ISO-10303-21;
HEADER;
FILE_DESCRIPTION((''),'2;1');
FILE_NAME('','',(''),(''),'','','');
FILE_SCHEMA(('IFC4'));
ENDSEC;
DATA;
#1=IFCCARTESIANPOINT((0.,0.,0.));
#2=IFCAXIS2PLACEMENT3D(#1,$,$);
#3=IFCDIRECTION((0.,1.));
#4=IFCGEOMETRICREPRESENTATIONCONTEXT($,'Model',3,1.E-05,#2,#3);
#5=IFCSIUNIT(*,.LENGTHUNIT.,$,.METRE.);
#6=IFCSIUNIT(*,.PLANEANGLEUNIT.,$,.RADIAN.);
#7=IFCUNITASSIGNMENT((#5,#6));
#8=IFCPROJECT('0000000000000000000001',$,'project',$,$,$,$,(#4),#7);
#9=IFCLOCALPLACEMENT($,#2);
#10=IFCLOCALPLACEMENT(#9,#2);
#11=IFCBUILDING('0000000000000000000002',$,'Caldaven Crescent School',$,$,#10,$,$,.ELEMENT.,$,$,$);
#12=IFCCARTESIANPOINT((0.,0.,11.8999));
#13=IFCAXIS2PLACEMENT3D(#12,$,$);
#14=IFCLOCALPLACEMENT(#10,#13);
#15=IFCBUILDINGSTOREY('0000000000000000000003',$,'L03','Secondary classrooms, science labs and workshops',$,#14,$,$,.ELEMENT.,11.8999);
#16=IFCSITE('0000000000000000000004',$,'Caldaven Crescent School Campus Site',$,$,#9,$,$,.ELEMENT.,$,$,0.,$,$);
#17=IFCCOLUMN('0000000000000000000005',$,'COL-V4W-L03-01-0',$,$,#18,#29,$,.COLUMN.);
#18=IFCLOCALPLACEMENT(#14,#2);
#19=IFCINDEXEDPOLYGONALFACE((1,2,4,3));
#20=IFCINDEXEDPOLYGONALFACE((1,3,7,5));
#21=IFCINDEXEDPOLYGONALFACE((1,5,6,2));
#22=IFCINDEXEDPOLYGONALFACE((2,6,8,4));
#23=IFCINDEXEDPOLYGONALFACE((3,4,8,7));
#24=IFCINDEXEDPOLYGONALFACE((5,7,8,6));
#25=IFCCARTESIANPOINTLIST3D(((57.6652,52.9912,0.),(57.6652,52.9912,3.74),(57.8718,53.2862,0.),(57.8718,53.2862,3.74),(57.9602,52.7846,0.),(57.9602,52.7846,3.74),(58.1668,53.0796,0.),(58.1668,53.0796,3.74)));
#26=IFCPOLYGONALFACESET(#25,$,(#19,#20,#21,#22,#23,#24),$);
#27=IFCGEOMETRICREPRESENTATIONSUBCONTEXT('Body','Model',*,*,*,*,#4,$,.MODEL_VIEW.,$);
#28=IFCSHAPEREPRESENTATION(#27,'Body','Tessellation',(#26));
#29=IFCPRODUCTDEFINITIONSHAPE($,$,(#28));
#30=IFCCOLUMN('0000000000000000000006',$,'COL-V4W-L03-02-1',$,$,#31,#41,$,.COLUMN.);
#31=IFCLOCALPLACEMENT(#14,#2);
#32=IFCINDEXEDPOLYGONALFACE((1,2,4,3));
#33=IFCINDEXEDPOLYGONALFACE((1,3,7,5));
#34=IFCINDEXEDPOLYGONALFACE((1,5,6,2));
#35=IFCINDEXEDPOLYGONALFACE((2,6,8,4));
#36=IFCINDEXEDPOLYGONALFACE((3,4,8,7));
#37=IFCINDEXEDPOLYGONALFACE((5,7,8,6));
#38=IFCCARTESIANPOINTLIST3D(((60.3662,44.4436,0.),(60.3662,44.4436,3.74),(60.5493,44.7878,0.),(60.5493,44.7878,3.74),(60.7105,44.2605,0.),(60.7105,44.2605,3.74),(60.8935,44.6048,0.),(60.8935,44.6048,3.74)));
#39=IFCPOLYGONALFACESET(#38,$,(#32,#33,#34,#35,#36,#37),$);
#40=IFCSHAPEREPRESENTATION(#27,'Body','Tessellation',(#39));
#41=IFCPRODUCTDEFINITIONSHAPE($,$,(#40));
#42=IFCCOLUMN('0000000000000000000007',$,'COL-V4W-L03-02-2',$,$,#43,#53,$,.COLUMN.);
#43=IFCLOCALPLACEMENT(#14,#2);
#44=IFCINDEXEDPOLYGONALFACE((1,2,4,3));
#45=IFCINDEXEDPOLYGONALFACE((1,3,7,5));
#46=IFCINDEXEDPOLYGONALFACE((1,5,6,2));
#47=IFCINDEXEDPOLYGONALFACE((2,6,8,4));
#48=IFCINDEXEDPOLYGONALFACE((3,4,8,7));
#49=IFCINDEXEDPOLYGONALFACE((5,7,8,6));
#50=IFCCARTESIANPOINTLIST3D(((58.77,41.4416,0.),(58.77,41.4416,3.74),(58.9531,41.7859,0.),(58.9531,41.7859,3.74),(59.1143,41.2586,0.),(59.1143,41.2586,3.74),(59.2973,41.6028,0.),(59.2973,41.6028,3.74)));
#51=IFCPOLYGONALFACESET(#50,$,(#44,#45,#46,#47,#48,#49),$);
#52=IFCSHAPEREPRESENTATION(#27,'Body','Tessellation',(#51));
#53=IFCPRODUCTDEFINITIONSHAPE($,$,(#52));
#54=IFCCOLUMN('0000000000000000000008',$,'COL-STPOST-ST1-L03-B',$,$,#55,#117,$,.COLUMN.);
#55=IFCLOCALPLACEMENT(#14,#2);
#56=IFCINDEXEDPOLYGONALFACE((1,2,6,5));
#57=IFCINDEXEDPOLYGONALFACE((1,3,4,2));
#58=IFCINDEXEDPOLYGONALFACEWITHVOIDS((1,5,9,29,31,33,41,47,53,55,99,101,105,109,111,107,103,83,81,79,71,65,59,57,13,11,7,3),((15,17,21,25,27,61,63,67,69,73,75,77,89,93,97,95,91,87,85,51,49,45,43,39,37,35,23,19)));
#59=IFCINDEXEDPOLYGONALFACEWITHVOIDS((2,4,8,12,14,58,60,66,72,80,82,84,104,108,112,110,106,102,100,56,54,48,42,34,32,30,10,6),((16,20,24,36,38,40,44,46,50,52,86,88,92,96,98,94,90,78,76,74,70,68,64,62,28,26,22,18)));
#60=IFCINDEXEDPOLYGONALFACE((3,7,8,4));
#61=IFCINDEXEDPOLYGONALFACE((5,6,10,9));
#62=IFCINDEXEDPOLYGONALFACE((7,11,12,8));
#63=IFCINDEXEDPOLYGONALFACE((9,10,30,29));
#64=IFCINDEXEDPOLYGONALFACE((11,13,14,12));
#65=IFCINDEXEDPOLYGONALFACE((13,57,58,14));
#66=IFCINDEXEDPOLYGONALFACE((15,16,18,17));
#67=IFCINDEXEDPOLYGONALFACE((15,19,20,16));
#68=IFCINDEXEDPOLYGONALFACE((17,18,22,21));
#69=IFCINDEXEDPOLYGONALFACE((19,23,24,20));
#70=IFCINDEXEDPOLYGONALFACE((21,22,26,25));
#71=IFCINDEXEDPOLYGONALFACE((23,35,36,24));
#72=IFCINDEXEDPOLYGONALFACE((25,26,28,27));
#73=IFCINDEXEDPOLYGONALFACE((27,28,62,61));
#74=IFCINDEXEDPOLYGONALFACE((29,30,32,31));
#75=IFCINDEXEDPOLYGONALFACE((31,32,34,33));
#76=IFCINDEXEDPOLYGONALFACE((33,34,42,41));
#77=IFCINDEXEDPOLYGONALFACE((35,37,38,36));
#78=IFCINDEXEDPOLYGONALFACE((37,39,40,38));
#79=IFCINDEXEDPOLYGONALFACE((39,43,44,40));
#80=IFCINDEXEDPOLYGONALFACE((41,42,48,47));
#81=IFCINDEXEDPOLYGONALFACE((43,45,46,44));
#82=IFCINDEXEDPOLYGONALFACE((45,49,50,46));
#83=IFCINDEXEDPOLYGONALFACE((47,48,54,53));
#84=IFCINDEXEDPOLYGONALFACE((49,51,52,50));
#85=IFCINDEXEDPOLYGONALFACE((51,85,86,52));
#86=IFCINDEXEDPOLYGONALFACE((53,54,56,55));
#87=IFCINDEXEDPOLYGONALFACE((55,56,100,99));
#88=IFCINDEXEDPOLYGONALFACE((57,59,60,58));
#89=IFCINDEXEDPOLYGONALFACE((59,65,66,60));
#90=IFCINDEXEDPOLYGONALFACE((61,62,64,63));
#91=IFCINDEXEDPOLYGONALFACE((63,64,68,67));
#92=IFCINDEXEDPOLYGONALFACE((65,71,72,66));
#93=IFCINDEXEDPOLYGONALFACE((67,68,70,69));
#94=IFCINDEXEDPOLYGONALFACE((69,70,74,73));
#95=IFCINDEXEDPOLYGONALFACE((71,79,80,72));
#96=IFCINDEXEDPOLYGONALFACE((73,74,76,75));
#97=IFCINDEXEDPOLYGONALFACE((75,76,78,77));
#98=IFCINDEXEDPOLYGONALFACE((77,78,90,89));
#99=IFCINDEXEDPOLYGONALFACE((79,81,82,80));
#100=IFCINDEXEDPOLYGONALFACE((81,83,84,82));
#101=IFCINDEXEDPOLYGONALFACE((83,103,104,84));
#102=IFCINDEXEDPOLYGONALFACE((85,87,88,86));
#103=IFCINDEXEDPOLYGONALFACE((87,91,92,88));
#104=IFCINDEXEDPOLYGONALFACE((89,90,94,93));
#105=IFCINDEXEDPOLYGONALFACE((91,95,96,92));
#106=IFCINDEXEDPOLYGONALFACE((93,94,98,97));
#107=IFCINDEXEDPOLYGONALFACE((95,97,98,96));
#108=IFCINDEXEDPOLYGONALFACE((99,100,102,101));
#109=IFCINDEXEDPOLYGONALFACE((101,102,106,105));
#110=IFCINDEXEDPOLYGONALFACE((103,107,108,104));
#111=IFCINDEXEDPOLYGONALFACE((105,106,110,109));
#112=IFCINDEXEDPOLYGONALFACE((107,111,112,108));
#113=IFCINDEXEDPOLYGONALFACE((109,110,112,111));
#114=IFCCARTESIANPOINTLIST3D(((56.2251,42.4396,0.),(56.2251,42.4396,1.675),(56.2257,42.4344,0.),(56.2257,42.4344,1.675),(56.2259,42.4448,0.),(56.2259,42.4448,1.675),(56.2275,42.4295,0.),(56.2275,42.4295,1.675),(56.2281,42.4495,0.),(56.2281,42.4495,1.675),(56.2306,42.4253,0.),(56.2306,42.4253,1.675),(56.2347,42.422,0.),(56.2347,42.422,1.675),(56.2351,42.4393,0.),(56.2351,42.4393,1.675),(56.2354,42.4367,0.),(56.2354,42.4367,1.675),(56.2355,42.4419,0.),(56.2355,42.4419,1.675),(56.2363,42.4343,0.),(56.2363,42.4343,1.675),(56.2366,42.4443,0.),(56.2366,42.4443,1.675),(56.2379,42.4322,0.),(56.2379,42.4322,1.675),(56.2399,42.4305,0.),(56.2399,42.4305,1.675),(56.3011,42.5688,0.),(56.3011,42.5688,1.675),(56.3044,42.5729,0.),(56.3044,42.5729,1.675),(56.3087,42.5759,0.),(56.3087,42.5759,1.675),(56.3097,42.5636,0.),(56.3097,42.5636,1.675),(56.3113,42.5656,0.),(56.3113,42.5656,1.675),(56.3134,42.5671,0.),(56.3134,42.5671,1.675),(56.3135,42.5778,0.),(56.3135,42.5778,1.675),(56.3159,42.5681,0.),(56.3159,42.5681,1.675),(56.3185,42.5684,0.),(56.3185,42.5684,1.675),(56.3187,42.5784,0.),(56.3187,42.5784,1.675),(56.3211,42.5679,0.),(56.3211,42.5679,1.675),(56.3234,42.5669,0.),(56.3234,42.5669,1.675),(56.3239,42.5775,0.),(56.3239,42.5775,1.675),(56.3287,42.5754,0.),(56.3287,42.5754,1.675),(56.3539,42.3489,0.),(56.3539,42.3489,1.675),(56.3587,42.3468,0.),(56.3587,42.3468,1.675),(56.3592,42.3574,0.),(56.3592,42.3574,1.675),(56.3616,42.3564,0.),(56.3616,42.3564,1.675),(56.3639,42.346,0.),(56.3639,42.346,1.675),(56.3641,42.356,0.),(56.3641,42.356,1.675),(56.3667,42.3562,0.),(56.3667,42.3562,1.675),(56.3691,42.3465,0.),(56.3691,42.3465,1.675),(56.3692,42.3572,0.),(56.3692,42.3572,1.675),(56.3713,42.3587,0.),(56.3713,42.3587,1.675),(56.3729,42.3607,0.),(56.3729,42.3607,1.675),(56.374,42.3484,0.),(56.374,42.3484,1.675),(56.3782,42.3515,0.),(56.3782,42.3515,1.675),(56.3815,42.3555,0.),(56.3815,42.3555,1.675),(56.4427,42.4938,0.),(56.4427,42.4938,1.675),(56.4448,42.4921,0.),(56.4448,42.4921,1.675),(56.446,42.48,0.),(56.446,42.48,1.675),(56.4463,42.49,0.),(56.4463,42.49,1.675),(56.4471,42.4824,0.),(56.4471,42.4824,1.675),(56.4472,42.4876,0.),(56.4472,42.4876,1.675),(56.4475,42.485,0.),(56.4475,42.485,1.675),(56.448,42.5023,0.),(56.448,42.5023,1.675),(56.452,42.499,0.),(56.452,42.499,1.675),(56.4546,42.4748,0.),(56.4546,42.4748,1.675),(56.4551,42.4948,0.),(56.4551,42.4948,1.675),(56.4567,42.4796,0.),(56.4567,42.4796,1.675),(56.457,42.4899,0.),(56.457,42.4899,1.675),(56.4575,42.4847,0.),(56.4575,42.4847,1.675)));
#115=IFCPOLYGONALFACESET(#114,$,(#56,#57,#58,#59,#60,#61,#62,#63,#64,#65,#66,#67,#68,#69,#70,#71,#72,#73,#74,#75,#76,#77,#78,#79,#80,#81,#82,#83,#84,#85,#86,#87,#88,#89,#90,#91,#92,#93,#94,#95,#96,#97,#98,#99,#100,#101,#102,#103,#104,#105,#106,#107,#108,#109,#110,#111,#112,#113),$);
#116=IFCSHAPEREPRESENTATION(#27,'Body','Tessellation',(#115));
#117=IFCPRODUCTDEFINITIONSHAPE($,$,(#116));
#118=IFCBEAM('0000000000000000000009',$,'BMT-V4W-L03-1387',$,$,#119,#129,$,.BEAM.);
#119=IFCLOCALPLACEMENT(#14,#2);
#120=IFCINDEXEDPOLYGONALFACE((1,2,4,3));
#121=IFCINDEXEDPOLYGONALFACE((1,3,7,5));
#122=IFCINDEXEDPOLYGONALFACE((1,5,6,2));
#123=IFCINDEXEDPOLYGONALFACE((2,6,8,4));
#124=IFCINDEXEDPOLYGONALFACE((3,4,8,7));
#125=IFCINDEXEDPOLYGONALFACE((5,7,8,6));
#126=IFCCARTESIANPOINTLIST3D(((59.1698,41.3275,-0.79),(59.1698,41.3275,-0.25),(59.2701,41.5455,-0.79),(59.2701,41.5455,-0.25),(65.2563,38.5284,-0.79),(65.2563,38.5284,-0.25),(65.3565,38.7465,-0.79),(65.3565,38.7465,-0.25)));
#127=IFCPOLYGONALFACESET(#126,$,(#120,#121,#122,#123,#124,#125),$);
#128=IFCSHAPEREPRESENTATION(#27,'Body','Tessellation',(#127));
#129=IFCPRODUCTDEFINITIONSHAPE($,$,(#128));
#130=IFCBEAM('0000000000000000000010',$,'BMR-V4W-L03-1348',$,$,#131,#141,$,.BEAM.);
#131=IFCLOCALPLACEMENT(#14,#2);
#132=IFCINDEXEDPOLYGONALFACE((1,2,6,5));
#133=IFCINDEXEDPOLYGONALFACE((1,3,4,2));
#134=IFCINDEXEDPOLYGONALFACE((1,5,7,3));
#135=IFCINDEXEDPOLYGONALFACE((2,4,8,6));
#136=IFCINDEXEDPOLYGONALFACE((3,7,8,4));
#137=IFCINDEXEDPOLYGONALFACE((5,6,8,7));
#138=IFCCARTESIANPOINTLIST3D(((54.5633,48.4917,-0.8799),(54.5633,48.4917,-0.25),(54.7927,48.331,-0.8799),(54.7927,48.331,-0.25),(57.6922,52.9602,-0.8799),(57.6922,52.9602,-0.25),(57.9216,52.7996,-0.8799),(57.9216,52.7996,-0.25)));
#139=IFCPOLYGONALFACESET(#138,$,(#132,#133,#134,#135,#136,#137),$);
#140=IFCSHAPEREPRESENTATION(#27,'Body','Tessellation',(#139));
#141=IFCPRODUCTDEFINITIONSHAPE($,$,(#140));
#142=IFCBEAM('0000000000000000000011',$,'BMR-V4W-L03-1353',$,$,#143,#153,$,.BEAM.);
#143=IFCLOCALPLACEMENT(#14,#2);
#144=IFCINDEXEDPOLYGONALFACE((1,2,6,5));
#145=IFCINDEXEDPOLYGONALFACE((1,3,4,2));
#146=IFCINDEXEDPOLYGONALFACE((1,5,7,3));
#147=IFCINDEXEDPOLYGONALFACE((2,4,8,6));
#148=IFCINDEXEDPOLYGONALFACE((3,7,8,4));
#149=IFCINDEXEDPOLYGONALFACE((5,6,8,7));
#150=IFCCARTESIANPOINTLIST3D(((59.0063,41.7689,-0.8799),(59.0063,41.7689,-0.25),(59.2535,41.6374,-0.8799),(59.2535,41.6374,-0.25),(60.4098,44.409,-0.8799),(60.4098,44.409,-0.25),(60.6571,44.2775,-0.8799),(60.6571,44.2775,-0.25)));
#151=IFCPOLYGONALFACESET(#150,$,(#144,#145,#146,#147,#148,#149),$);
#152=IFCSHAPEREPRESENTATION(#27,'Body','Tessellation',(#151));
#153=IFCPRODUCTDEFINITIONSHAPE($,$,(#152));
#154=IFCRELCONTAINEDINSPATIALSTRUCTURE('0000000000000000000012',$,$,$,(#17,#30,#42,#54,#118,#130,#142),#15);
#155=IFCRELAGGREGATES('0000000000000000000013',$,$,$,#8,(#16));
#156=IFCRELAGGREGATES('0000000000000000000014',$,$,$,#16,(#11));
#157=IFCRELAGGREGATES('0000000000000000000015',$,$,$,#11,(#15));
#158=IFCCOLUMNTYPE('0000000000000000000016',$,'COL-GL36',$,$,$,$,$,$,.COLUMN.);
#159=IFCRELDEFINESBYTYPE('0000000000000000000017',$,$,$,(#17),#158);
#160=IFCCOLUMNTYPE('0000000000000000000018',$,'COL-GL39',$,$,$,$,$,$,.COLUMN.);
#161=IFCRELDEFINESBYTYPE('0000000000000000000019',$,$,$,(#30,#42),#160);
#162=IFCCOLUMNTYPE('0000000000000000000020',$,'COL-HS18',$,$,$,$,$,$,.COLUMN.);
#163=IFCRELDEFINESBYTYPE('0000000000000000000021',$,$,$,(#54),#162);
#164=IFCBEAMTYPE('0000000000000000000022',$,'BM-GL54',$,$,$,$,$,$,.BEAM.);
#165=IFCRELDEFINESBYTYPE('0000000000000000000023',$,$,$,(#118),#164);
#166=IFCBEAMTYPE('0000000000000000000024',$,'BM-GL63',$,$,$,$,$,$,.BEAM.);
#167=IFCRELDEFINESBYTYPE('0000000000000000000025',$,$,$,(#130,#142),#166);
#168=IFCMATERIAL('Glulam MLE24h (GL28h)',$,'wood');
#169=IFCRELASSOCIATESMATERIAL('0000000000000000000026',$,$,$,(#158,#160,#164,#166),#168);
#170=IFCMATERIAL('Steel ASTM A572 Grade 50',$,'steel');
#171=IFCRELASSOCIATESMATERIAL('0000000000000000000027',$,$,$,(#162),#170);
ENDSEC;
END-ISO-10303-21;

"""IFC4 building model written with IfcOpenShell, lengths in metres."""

from ifc_helpers import new_model, si_unit, direction, frame, origin, origin_2d, place, context, subcontext, project, spatial, rectangle, hollow_rectangle, extrude, material, material_profile, profile_set, type_object, element, save


model = new_model("IFC4")

# Units and contexts
model_context = context("Model", 3, precision=1e-05, world=origin(), true_north=direction((0.0, 1.0)))
body_context = subcontext(model_context, "Body", "Model", "MODEL_VIEW")
ifc_project = project(units=[si_unit("LENGTHUNIT", "METRE"), si_unit("PLANEANGLEUNIT", "RADIAN")], contexts=[model_context])

# Site, building, storey
site_placement = place(None, origin())
site = spatial("IfcSite", under=ifc_project, at=site_placement, Name="Caldaven Crescent School Campus Site", CompositionType="ELEMENT", RefElevation=0.0)
building_placement = place(site_placement, origin())
building = spatial("IfcBuilding", under=site, at=building_placement, Name="Caldaven Crescent School", CompositionType="ELEMENT")
storey_placement = place(building_placement, frame((0.0, 0.0, 11.8999)))
storey = spatial("IfcBuildingStorey", under=building, at=storey_placement, Name="L03", Description="Secondary classrooms, science labs and workshops", CompositionType="ELEMENT", Elevation=11.8999)

# Columns
ifc_material_1 = material(Name="Glulam MLE24h (GL28h)", Category="wood")
ifc_material_profile_1 = material_profile(ifc_material_1, rectangle(XDim=0.3601, YDim=0.3601, at=origin_2d()), Name="MLE 360x360")
ifc_profile_set_1 = profile_set([ifc_material_profile_1], Name="Glulam MLE24h (GL28h)")
column_type_1 = type_object("IfcColumnType", Name="COL-GL36", PredefinedType="COLUMN", material=ifc_profile_set_1)
column_1_placement = place(storey_placement, frame((57.916, 53.0354, 0.0), z_axis=(0.0, 0.0, 1.0), x_axis=(-0.573576, -0.819152, 0.0)))
element("IfcColumn", 1, at=column_1_placement, inside=storey, type_object=column_type_1, Name="COL-V4W-L03-01-0", PredefinedType="COLUMN", context=body_context, shape_type="SweptSolid", body=[
    extrude(rectangle(XDim=0.3601, YDim=0.3601, at=origin_2d()), origin(), (0.0, 0.0, 1.0), 3.74),
])
ifc_material_profile_2 = material_profile(ifc_material_1, rectangle(XDim=0.3899, YDim=0.3899, at=origin_2d()), Name="MLE 390x390")
ifc_profile_set_2 = profile_set([ifc_material_profile_2], Name="Glulam MLE24h (GL28h)")
column_type_2 = type_object("IfcColumnType", Name="COL-GL39", PredefinedType="COLUMN", material=ifc_profile_set_2)
for number, where, z_axis, x_axis, name in (
    (2, (60.6299, 44.5242, 0.0), (0.0, 0.0, 1.0), (-0.469472, -0.882948, 0.0), "COL-V4W-L03-02-1"),
    (3, (59.0337, 41.5222, 0.0), (0.0, 0.0, 1.0), (-0.469472, -0.882948, 0.0), "COL-V4W-L03-02-2"),
):
    element("IfcColumn", number, at=place(storey_placement, frame(where, z_axis=z_axis, x_axis=x_axis)), inside=storey, type_object=column_type_2, Name=name, PredefinedType="COLUMN", context=body_context, shape_type="SweptSolid", body=[
        extrude(rectangle(XDim=0.3899, YDim=0.3899, at=origin_2d()), origin(), (0.0, 0.0, 1.0), 3.74),
    ])
ifc_material_2 = material(Name="Steel ASTM A572 Grade 50", Category="steel")
ifc_material_profile_3 = material_profile(ifc_material_2, hollow_rectangle(XDim=0.1799, YDim=0.1799, WallThickness=0.01, InnerFilletRadius=0.01, OuterFilletRadius=0.02, at=origin_2d()), Name="HSS 180x180x10")
ifc_profile_set_3 = profile_set([ifc_material_profile_3], Name="Steel ASTM A572 Grade 50")
column_type_3 = type_object("IfcColumnType", Name="COL-HS18", PredefinedType="COLUMN", material=ifc_profile_set_3)
column_2_placement = place(storey_placement, frame((56.3413, 42.4622, 0.0), z_axis=(0.0, 0.0, 1.0), x_axis=(0.85264, -0.522499, 0.0)))
element("IfcColumn", 4, at=column_2_placement, inside=storey, type_object=column_type_3, Name="COL-STPOST-ST1-L03-B", PredefinedType="COLUMN", context=body_context, shape_type="SweptSolid", body=[
    extrude(hollow_rectangle(XDim=0.1799, YDim=0.1799, WallThickness=0.01, InnerFilletRadius=0.01, OuterFilletRadius=0.02, at=origin_2d()), origin(), (0.0, 0.0, 1.0), 1.675),
])

# Beams
ifc_material_profile_4 = material_profile(ifc_material_1, rectangle(XDim=0.24, YDim=0.54, at=origin_2d()), Name="MLE 240x540")
ifc_profile_set_4 = profile_set([ifc_material_profile_4], Name="Glulam MLE24h (GL28h)")
beam_type_1 = type_object("IfcBeamType", Name="BM-GL54", PredefinedType="BEAM", material=ifc_profile_set_4)
beam_1_placement = place(storey_placement, frame((59.22, 41.4365, -0.52), z_axis=(0.908529, -0.417821, 0.0), x_axis=(0.417821, 0.908529, 0.0)))
element("IfcBeam", 5, at=beam_1_placement, inside=storey, type_object=beam_type_1, Name="BMT-V4W-L03-1387", PredefinedType="BEAM", context=body_context, shape_type="SweptSolid", body=[
    extrude(rectangle(XDim=0.24, YDim=0.54, at=origin_2d()), origin(), (0.0, 0.0, 1.0), 6.6992),
])
ifc_material_profile_5 = material_profile(ifc_material_1, rectangle(XDim=0.28, YDim=0.6299, at=origin_2d()), Name="MLE 280x630")
ifc_profile_set_5 = profile_set([ifc_material_profile_5], Name="Glulam MLE24h (GL28h)")
beam_type_2 = type_object("IfcBeamType", Name="BM-GL63", PredefinedType="BEAM", material=ifc_profile_set_5)
beam_2_placement = place(storey_placement, frame((57.8069, 52.8799, -0.5649), z_axis=(-0.573579, -0.81915, 0.0), x_axis=(0.81915, -0.573579, 0.0)))
element("IfcBeam", 6, at=beam_2_placement, inside=storey, type_object=beam_type_2, Name="BMR-V4W-L03-1348", PredefinedType="BEAM", context=body_context, shape_type="SweptSolid", body=[
    extrude(rectangle(XDim=0.28, YDim=0.6299, at=origin_2d()), origin(), (0.0, 0.0, 1.0), 5.4551),
])
beam_3_placement = place(storey_placement, frame((60.5334, 44.3433, -0.5649), z_axis=(-0.469414, -0.882978, 0.0), x_axis=(0.882978, -0.469414, 0.0)))
element("IfcBeam", 7, at=beam_3_placement, inside=storey, type_object=beam_type_2, Name="BMR-V4W-L03-1353", PredefinedType="BEAM", context=body_context, shape_type="SweptSolid", body=[
    extrude(rectangle(XDim=0.28, YDim=0.6299, at=origin_2d()), origin(), (0.0, 0.0, 1.0), 2.99),
])

save(model, "model.ifc")
